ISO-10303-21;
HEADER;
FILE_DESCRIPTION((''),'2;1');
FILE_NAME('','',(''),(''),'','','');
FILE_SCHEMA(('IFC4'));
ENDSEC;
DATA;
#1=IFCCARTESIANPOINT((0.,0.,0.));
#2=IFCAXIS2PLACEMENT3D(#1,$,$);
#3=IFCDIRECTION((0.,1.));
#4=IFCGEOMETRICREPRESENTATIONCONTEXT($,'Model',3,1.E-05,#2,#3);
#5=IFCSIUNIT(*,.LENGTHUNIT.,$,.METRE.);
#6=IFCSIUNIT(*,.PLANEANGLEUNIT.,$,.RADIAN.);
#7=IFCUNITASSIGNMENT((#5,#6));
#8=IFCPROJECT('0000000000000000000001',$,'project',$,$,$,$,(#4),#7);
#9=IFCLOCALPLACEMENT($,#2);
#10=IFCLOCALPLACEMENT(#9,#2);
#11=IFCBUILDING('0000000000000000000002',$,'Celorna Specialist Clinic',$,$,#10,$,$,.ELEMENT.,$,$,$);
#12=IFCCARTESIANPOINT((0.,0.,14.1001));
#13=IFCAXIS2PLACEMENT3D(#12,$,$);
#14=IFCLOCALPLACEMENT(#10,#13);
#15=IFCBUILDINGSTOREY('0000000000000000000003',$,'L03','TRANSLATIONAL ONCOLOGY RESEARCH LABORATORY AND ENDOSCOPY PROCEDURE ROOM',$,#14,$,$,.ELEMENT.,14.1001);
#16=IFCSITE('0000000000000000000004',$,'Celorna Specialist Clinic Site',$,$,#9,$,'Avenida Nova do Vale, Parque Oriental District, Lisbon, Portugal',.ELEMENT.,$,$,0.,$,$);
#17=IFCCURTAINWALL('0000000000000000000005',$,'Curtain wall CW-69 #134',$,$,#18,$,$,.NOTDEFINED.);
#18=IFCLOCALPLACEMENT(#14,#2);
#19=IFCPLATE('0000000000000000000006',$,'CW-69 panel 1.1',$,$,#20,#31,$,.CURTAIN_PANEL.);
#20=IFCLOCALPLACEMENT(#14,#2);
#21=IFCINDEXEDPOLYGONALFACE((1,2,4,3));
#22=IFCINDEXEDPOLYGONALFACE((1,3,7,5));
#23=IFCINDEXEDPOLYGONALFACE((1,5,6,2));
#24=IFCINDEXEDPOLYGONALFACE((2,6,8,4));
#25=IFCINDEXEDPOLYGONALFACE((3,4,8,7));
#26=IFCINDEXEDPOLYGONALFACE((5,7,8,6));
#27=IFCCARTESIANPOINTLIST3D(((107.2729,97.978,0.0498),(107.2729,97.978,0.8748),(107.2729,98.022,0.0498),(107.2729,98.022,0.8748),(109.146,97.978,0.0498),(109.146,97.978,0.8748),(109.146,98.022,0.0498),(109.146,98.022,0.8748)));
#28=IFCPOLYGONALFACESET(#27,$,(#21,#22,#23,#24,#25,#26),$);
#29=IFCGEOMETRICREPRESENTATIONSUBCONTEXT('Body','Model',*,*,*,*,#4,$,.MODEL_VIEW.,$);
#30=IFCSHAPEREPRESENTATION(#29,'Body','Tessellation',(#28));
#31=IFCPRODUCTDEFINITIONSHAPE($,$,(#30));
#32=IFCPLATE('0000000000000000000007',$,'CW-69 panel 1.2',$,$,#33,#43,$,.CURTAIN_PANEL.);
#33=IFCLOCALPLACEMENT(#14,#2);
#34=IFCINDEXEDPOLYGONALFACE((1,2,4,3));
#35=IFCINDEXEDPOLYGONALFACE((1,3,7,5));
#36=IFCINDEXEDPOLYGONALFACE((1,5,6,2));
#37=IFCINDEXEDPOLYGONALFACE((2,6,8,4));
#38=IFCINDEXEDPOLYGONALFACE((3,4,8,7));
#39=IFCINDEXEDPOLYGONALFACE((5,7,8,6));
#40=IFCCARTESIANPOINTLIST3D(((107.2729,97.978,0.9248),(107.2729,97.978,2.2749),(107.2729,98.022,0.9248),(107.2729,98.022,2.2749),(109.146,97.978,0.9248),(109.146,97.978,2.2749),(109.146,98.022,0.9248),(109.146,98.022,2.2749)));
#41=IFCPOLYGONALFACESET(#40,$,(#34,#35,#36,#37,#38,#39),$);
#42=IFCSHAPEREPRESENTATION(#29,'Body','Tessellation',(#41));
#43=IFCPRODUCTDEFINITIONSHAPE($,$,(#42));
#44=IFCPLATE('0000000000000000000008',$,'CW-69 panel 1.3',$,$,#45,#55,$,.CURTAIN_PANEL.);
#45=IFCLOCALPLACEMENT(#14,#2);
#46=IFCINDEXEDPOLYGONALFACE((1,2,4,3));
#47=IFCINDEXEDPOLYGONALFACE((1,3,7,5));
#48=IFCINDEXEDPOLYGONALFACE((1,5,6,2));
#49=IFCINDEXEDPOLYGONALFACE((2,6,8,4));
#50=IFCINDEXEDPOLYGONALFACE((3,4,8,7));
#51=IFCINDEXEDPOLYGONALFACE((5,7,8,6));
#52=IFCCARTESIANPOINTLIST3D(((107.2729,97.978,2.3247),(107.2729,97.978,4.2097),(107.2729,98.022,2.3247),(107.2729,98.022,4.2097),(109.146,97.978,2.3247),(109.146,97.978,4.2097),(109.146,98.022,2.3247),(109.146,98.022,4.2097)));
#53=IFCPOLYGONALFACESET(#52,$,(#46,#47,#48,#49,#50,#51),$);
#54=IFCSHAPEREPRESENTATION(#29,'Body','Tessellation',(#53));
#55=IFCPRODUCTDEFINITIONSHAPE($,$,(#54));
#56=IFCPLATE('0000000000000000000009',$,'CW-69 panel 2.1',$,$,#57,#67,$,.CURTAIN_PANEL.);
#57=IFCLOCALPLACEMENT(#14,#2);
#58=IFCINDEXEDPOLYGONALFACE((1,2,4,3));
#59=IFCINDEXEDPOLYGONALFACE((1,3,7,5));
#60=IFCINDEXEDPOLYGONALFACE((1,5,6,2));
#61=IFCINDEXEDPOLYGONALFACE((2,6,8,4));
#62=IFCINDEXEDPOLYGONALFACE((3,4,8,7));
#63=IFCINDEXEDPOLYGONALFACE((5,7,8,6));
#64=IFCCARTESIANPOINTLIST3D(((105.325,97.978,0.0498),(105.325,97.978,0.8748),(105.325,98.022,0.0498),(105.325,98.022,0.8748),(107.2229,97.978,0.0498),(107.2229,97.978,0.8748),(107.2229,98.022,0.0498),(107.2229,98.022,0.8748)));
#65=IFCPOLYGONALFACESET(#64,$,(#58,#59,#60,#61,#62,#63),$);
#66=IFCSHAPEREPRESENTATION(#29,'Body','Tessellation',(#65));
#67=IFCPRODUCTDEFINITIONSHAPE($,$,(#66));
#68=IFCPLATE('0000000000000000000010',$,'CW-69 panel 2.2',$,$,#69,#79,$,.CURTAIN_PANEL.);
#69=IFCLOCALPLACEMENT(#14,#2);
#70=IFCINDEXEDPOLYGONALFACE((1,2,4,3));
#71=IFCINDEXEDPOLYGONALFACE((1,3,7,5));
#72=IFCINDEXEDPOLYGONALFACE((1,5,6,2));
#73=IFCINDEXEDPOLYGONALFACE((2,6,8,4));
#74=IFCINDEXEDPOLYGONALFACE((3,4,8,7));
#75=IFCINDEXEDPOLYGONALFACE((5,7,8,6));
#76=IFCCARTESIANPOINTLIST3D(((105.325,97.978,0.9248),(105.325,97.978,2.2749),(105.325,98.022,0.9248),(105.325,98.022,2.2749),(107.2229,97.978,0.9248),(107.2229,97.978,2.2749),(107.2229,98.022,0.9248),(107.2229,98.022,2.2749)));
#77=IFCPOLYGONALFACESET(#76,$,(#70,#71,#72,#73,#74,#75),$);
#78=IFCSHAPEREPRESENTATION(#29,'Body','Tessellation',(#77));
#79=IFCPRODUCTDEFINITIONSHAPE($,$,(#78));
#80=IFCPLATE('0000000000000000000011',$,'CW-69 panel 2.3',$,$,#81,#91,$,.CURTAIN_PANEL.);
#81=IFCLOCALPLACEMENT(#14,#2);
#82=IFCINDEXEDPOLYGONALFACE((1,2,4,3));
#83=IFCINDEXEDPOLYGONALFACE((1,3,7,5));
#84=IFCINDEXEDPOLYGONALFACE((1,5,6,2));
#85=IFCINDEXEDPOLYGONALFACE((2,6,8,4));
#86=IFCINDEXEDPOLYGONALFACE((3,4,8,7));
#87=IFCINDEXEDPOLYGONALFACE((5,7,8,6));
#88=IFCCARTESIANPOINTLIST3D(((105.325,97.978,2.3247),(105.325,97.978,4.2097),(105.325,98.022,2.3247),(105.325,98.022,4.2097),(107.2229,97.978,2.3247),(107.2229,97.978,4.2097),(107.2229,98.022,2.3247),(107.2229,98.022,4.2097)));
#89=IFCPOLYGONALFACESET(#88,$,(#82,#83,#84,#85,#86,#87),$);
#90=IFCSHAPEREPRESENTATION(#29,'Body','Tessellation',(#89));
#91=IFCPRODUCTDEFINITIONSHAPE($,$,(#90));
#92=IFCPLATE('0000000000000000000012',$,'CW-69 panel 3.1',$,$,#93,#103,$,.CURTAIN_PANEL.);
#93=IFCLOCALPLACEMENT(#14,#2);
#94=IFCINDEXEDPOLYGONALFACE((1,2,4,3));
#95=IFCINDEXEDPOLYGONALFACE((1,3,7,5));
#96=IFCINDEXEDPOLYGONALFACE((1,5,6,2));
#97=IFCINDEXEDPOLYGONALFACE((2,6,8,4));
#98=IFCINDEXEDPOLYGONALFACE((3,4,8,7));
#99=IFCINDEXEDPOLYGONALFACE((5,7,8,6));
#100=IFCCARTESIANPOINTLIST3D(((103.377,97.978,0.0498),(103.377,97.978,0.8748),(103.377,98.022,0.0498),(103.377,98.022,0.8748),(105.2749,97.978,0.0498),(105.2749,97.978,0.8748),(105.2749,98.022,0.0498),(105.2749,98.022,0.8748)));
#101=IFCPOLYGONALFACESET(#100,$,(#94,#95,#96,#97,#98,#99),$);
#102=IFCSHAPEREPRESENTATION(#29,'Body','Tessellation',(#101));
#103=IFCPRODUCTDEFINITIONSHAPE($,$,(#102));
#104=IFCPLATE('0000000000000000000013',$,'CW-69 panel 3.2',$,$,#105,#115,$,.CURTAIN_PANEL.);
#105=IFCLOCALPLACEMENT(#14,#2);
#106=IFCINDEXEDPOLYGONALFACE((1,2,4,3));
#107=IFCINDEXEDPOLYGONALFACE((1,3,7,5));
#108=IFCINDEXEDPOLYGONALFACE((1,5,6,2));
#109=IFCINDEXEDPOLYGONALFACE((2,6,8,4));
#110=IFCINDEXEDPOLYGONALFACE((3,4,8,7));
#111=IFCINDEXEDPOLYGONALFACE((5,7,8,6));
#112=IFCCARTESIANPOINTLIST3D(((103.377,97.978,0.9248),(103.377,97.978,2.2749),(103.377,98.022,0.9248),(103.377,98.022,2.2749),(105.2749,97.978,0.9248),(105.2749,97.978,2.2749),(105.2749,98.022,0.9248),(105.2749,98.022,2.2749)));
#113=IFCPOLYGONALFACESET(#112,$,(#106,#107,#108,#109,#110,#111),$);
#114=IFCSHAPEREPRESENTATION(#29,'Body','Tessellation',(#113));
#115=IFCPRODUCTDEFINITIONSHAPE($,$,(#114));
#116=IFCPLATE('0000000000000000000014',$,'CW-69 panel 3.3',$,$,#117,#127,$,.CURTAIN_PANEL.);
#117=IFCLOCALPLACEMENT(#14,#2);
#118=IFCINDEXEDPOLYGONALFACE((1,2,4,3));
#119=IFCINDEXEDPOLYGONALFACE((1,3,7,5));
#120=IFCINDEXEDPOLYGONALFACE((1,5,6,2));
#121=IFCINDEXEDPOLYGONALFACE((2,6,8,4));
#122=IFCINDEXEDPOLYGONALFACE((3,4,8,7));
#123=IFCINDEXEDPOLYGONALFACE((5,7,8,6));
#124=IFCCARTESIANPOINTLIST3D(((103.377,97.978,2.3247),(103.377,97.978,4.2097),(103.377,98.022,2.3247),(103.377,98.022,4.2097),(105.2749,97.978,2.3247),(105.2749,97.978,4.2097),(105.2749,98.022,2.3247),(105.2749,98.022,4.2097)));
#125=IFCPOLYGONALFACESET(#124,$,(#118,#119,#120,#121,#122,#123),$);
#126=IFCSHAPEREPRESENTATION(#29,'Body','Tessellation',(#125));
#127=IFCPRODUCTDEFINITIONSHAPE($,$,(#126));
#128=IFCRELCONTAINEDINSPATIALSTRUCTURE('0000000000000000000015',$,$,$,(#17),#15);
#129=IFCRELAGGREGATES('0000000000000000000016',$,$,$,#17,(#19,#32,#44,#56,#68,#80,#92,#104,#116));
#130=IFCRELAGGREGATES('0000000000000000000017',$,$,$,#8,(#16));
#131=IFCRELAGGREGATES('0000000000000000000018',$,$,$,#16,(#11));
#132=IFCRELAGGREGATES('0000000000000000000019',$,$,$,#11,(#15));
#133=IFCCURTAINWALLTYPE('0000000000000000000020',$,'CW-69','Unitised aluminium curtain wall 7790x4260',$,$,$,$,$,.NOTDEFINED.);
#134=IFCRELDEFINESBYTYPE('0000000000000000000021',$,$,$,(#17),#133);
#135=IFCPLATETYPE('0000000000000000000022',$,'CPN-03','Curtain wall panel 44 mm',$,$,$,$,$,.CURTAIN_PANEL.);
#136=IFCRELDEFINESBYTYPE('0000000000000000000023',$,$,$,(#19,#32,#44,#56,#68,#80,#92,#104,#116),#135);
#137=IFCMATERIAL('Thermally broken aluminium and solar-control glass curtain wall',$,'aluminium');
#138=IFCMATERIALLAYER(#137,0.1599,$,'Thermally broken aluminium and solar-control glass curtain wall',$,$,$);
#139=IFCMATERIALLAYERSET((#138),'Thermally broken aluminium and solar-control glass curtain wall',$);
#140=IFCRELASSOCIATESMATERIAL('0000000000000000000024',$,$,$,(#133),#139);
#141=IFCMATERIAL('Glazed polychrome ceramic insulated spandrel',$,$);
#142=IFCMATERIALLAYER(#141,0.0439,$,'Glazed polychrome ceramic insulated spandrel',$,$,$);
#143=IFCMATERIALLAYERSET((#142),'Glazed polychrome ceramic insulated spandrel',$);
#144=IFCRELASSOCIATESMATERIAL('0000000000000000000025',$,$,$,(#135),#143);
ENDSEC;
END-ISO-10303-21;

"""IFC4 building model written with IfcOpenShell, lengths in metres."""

from ifc_helpers import new_model, si_unit, direction, frame, origin, origin_2d, place, context, subcontext, project, spatial, rectangle, extrude, material, layer, layer_set, type_object, element, aggregate, save


model = new_model("IFC4")

# Units and contexts
model_context = context("Model", 3, precision=1e-05, world=origin(), true_north=direction((0.0, 1.0)))
body_context = subcontext(model_context, "Body", "Model", "MODEL_VIEW")
ifc_project = project(units=[si_unit("LENGTHUNIT", "METRE"), si_unit("PLANEANGLEUNIT", "RADIAN")], contexts=[model_context])

# Site, building, storey
site_placement = place(None, origin())
site = spatial("IfcSite", under=ifc_project, at=site_placement, Name="Celorna Specialist Clinic Site", LongName="Avenida Nova do Vale, Parque Oriental District, Lisbon, Portugal", CompositionType="ELEMENT", RefElevation=0.0)
building_placement = place(site_placement, origin())
building = spatial("IfcBuilding", under=site, at=building_placement, Name="Celorna Specialist Clinic", CompositionType="ELEMENT")
storey_placement = place(building_placement, frame((0.0, 0.0, 14.1001)))
storey = spatial("IfcBuildingStorey", under=building, at=storey_placement, Name="L03", Description="TRANSLATIONAL ONCOLOGY RESEARCH LABORATORY AND ENDOSCOPY PROCEDURE ROOM", CompositionType="ELEMENT", Elevation=14.1001)

# Curtain wall, plates
ifc_material_1 = material(Name="Thermally broken aluminium and solar-control glass curtain wall", Category="aluminium")
ifc_layer_1 = layer(ifc_material_1, 0.1599, Name="Thermally broken aluminium and solar-control glass curtain wall")
ifc_layer_set_1 = layer_set([ifc_layer_1], Name="Thermally broken aluminium and solar-control glass curtain wall")
curtain_wall_type = type_object("IfcCurtainWallType", Name="CW-69", Description="Unitised aluminium curtain wall 7790x4260", PredefinedType="NOTDEFINED", material=ifc_layer_set_1)
curtain_wall_placement = place(storey_placement, origin())
curtain_wall = element("IfcCurtainWall", 1, at=curtain_wall_placement, inside=storey, type_object=curtain_wall_type, Name="Curtain wall CW-69 #134", PredefinedType="NOTDEFINED")
ifc_material_2 = material(Name="Glazed polychrome ceramic insulated spandrel")
ifc_layer_2 = layer(ifc_material_2, 0.0439, Name="Glazed polychrome ceramic insulated spandrel")
ifc_layer_set_2 = layer_set([ifc_layer_2], Name="Glazed polychrome ceramic insulated spandrel")
plate_type = type_object("IfcPlateType", Name="CPN-03", Description="Curtain wall panel 44 mm", PredefinedType="CURTAIN_PANEL", material=ifc_layer_set_2)
plate_1_placement = place(storey_placement, frame((108.2095, 98.0, 0.0498), z_axis=(0.0, 0.0, 1.0), x_axis=(-1.0, 0.0, 0.0)))
plate_1 = element("IfcPlate", 2, at=plate_1_placement, type_object=plate_type, Name="CW-69 panel 1.1", PredefinedType="CURTAIN_PANEL", context=body_context, shape_type="SweptSolid", body=[
    extrude(rectangle(XDim=1.873, YDim=0.0439, at=origin_2d()), origin(), (0.0, 0.0, 1.0), 0.825),
])
plate_2_placement = place(storey_placement, frame((108.2095, 98.0, 0.9248), z_axis=(0.0, 0.0, 1.0), x_axis=(-1.0, 0.0, 0.0)))
plate_2 = element("IfcPlate", 3, at=plate_2_placement, type_object=plate_type, Name="CW-69 panel 1.2", PredefinedType="CURTAIN_PANEL", context=body_context, shape_type="SweptSolid", body=[
    extrude(rectangle(XDim=1.873, YDim=0.0439, at=origin_2d()), origin(), (0.0, 0.0, 1.0), 1.3501),
])
plate_3_placement = place(storey_placement, frame((108.2095, 98.0, 2.3247), z_axis=(0.0, 0.0, 1.0), x_axis=(-1.0, 0.0, 0.0)))
plate_3 = element("IfcPlate", 4, at=plate_3_placement, type_object=plate_type, Name="CW-69 panel 1.3", PredefinedType="CURTAIN_PANEL", context=body_context, shape_type="SweptSolid", body=[
    extrude(rectangle(XDim=1.873, YDim=0.0439, at=origin_2d()), origin(), (0.0, 0.0, 1.0), 1.885),
])
plate_4_placement = place(storey_placement, frame((106.2739, 98.0, 0.0498), z_axis=(0.0, 0.0, 1.0), x_axis=(-1.0, 0.0, 0.0)))
plate_4 = element("IfcPlate", 5, at=plate_4_placement, type_object=plate_type, Name="CW-69 panel 2.1", PredefinedType="CURTAIN_PANEL", context=body_context, shape_type="SweptSolid", body=[
    extrude(rectangle(XDim=1.8979, YDim=0.0439, at=origin_2d()), origin(), (0.0, 0.0, 1.0), 0.825),
])
plate_5_placement = place(storey_placement, frame((106.2739, 98.0, 0.9248), z_axis=(0.0, 0.0, 1.0), x_axis=(-1.0, 0.0, 0.0)))
plate_5 = element("IfcPlate", 6, at=plate_5_placement, type_object=plate_type, Name="CW-69 panel 2.2", PredefinedType="CURTAIN_PANEL", context=body_context, shape_type="SweptSolid", body=[
    extrude(rectangle(XDim=1.8979, YDim=0.0439, at=origin_2d()), origin(), (0.0, 0.0, 1.0), 1.3501),
])
plate_6_placement = place(storey_placement, frame((106.2739, 98.0, 2.3247), z_axis=(0.0, 0.0, 1.0), x_axis=(-1.0, 0.0, 0.0)))
plate_6 = element("IfcPlate", 7, at=plate_6_placement, type_object=plate_type, Name="CW-69 panel 2.3", PredefinedType="CURTAIN_PANEL", context=body_context, shape_type="SweptSolid", body=[
    extrude(rectangle(XDim=1.8979, YDim=0.0439, at=origin_2d()), origin(), (0.0, 0.0, 1.0), 1.885),
])
plate_7_placement = place(storey_placement, frame((104.3259, 98.0, 0.0498), z_axis=(0.0, 0.0, 1.0), x_axis=(-1.0, 0.0, 0.0)))
plate_7 = element("IfcPlate", 8, at=plate_7_placement, type_object=plate_type, Name="CW-69 panel 3.1", PredefinedType="CURTAIN_PANEL", context=body_context, shape_type="SweptSolid", body=[
    extrude(rectangle(XDim=1.8979, YDim=0.0439, at=origin_2d()), origin(), (0.0, 0.0, 1.0), 0.825),
])
plate_8_placement = place(storey_placement, frame((104.3259, 98.0, 0.9248), z_axis=(0.0, 0.0, 1.0), x_axis=(-1.0, 0.0, 0.0)))
plate_8 = element("IfcPlate", 9, at=plate_8_placement, type_object=plate_type, Name="CW-69 panel 3.2", PredefinedType="CURTAIN_PANEL", context=body_context, shape_type="SweptSolid", body=[
    extrude(rectangle(XDim=1.8979, YDim=0.0439, at=origin_2d()), origin(), (0.0, 0.0, 1.0), 1.3501),
])
plate_9_placement = place(storey_placement, frame((104.3259, 98.0, 2.3247), z_axis=(0.0, 0.0, 1.0), x_axis=(-1.0, 0.0, 0.0)))
plate_9 = element("IfcPlate", 10, at=plate_9_placement, type_object=plate_type, Name="CW-69 panel 3.3", PredefinedType="CURTAIN_PANEL", context=body_context, shape_type="SweptSolid", body=[
    extrude(rectangle(XDim=1.8979, YDim=0.0439, at=origin_2d()), origin(), (0.0, 0.0, 1.0), 1.885),
])
aggregate(curtain_wall, [plate_1, plate_2, plate_3, plate_4, plate_5, plate_6, plate_7, plate_8, plate_9])

save(model, "model.ifc")
